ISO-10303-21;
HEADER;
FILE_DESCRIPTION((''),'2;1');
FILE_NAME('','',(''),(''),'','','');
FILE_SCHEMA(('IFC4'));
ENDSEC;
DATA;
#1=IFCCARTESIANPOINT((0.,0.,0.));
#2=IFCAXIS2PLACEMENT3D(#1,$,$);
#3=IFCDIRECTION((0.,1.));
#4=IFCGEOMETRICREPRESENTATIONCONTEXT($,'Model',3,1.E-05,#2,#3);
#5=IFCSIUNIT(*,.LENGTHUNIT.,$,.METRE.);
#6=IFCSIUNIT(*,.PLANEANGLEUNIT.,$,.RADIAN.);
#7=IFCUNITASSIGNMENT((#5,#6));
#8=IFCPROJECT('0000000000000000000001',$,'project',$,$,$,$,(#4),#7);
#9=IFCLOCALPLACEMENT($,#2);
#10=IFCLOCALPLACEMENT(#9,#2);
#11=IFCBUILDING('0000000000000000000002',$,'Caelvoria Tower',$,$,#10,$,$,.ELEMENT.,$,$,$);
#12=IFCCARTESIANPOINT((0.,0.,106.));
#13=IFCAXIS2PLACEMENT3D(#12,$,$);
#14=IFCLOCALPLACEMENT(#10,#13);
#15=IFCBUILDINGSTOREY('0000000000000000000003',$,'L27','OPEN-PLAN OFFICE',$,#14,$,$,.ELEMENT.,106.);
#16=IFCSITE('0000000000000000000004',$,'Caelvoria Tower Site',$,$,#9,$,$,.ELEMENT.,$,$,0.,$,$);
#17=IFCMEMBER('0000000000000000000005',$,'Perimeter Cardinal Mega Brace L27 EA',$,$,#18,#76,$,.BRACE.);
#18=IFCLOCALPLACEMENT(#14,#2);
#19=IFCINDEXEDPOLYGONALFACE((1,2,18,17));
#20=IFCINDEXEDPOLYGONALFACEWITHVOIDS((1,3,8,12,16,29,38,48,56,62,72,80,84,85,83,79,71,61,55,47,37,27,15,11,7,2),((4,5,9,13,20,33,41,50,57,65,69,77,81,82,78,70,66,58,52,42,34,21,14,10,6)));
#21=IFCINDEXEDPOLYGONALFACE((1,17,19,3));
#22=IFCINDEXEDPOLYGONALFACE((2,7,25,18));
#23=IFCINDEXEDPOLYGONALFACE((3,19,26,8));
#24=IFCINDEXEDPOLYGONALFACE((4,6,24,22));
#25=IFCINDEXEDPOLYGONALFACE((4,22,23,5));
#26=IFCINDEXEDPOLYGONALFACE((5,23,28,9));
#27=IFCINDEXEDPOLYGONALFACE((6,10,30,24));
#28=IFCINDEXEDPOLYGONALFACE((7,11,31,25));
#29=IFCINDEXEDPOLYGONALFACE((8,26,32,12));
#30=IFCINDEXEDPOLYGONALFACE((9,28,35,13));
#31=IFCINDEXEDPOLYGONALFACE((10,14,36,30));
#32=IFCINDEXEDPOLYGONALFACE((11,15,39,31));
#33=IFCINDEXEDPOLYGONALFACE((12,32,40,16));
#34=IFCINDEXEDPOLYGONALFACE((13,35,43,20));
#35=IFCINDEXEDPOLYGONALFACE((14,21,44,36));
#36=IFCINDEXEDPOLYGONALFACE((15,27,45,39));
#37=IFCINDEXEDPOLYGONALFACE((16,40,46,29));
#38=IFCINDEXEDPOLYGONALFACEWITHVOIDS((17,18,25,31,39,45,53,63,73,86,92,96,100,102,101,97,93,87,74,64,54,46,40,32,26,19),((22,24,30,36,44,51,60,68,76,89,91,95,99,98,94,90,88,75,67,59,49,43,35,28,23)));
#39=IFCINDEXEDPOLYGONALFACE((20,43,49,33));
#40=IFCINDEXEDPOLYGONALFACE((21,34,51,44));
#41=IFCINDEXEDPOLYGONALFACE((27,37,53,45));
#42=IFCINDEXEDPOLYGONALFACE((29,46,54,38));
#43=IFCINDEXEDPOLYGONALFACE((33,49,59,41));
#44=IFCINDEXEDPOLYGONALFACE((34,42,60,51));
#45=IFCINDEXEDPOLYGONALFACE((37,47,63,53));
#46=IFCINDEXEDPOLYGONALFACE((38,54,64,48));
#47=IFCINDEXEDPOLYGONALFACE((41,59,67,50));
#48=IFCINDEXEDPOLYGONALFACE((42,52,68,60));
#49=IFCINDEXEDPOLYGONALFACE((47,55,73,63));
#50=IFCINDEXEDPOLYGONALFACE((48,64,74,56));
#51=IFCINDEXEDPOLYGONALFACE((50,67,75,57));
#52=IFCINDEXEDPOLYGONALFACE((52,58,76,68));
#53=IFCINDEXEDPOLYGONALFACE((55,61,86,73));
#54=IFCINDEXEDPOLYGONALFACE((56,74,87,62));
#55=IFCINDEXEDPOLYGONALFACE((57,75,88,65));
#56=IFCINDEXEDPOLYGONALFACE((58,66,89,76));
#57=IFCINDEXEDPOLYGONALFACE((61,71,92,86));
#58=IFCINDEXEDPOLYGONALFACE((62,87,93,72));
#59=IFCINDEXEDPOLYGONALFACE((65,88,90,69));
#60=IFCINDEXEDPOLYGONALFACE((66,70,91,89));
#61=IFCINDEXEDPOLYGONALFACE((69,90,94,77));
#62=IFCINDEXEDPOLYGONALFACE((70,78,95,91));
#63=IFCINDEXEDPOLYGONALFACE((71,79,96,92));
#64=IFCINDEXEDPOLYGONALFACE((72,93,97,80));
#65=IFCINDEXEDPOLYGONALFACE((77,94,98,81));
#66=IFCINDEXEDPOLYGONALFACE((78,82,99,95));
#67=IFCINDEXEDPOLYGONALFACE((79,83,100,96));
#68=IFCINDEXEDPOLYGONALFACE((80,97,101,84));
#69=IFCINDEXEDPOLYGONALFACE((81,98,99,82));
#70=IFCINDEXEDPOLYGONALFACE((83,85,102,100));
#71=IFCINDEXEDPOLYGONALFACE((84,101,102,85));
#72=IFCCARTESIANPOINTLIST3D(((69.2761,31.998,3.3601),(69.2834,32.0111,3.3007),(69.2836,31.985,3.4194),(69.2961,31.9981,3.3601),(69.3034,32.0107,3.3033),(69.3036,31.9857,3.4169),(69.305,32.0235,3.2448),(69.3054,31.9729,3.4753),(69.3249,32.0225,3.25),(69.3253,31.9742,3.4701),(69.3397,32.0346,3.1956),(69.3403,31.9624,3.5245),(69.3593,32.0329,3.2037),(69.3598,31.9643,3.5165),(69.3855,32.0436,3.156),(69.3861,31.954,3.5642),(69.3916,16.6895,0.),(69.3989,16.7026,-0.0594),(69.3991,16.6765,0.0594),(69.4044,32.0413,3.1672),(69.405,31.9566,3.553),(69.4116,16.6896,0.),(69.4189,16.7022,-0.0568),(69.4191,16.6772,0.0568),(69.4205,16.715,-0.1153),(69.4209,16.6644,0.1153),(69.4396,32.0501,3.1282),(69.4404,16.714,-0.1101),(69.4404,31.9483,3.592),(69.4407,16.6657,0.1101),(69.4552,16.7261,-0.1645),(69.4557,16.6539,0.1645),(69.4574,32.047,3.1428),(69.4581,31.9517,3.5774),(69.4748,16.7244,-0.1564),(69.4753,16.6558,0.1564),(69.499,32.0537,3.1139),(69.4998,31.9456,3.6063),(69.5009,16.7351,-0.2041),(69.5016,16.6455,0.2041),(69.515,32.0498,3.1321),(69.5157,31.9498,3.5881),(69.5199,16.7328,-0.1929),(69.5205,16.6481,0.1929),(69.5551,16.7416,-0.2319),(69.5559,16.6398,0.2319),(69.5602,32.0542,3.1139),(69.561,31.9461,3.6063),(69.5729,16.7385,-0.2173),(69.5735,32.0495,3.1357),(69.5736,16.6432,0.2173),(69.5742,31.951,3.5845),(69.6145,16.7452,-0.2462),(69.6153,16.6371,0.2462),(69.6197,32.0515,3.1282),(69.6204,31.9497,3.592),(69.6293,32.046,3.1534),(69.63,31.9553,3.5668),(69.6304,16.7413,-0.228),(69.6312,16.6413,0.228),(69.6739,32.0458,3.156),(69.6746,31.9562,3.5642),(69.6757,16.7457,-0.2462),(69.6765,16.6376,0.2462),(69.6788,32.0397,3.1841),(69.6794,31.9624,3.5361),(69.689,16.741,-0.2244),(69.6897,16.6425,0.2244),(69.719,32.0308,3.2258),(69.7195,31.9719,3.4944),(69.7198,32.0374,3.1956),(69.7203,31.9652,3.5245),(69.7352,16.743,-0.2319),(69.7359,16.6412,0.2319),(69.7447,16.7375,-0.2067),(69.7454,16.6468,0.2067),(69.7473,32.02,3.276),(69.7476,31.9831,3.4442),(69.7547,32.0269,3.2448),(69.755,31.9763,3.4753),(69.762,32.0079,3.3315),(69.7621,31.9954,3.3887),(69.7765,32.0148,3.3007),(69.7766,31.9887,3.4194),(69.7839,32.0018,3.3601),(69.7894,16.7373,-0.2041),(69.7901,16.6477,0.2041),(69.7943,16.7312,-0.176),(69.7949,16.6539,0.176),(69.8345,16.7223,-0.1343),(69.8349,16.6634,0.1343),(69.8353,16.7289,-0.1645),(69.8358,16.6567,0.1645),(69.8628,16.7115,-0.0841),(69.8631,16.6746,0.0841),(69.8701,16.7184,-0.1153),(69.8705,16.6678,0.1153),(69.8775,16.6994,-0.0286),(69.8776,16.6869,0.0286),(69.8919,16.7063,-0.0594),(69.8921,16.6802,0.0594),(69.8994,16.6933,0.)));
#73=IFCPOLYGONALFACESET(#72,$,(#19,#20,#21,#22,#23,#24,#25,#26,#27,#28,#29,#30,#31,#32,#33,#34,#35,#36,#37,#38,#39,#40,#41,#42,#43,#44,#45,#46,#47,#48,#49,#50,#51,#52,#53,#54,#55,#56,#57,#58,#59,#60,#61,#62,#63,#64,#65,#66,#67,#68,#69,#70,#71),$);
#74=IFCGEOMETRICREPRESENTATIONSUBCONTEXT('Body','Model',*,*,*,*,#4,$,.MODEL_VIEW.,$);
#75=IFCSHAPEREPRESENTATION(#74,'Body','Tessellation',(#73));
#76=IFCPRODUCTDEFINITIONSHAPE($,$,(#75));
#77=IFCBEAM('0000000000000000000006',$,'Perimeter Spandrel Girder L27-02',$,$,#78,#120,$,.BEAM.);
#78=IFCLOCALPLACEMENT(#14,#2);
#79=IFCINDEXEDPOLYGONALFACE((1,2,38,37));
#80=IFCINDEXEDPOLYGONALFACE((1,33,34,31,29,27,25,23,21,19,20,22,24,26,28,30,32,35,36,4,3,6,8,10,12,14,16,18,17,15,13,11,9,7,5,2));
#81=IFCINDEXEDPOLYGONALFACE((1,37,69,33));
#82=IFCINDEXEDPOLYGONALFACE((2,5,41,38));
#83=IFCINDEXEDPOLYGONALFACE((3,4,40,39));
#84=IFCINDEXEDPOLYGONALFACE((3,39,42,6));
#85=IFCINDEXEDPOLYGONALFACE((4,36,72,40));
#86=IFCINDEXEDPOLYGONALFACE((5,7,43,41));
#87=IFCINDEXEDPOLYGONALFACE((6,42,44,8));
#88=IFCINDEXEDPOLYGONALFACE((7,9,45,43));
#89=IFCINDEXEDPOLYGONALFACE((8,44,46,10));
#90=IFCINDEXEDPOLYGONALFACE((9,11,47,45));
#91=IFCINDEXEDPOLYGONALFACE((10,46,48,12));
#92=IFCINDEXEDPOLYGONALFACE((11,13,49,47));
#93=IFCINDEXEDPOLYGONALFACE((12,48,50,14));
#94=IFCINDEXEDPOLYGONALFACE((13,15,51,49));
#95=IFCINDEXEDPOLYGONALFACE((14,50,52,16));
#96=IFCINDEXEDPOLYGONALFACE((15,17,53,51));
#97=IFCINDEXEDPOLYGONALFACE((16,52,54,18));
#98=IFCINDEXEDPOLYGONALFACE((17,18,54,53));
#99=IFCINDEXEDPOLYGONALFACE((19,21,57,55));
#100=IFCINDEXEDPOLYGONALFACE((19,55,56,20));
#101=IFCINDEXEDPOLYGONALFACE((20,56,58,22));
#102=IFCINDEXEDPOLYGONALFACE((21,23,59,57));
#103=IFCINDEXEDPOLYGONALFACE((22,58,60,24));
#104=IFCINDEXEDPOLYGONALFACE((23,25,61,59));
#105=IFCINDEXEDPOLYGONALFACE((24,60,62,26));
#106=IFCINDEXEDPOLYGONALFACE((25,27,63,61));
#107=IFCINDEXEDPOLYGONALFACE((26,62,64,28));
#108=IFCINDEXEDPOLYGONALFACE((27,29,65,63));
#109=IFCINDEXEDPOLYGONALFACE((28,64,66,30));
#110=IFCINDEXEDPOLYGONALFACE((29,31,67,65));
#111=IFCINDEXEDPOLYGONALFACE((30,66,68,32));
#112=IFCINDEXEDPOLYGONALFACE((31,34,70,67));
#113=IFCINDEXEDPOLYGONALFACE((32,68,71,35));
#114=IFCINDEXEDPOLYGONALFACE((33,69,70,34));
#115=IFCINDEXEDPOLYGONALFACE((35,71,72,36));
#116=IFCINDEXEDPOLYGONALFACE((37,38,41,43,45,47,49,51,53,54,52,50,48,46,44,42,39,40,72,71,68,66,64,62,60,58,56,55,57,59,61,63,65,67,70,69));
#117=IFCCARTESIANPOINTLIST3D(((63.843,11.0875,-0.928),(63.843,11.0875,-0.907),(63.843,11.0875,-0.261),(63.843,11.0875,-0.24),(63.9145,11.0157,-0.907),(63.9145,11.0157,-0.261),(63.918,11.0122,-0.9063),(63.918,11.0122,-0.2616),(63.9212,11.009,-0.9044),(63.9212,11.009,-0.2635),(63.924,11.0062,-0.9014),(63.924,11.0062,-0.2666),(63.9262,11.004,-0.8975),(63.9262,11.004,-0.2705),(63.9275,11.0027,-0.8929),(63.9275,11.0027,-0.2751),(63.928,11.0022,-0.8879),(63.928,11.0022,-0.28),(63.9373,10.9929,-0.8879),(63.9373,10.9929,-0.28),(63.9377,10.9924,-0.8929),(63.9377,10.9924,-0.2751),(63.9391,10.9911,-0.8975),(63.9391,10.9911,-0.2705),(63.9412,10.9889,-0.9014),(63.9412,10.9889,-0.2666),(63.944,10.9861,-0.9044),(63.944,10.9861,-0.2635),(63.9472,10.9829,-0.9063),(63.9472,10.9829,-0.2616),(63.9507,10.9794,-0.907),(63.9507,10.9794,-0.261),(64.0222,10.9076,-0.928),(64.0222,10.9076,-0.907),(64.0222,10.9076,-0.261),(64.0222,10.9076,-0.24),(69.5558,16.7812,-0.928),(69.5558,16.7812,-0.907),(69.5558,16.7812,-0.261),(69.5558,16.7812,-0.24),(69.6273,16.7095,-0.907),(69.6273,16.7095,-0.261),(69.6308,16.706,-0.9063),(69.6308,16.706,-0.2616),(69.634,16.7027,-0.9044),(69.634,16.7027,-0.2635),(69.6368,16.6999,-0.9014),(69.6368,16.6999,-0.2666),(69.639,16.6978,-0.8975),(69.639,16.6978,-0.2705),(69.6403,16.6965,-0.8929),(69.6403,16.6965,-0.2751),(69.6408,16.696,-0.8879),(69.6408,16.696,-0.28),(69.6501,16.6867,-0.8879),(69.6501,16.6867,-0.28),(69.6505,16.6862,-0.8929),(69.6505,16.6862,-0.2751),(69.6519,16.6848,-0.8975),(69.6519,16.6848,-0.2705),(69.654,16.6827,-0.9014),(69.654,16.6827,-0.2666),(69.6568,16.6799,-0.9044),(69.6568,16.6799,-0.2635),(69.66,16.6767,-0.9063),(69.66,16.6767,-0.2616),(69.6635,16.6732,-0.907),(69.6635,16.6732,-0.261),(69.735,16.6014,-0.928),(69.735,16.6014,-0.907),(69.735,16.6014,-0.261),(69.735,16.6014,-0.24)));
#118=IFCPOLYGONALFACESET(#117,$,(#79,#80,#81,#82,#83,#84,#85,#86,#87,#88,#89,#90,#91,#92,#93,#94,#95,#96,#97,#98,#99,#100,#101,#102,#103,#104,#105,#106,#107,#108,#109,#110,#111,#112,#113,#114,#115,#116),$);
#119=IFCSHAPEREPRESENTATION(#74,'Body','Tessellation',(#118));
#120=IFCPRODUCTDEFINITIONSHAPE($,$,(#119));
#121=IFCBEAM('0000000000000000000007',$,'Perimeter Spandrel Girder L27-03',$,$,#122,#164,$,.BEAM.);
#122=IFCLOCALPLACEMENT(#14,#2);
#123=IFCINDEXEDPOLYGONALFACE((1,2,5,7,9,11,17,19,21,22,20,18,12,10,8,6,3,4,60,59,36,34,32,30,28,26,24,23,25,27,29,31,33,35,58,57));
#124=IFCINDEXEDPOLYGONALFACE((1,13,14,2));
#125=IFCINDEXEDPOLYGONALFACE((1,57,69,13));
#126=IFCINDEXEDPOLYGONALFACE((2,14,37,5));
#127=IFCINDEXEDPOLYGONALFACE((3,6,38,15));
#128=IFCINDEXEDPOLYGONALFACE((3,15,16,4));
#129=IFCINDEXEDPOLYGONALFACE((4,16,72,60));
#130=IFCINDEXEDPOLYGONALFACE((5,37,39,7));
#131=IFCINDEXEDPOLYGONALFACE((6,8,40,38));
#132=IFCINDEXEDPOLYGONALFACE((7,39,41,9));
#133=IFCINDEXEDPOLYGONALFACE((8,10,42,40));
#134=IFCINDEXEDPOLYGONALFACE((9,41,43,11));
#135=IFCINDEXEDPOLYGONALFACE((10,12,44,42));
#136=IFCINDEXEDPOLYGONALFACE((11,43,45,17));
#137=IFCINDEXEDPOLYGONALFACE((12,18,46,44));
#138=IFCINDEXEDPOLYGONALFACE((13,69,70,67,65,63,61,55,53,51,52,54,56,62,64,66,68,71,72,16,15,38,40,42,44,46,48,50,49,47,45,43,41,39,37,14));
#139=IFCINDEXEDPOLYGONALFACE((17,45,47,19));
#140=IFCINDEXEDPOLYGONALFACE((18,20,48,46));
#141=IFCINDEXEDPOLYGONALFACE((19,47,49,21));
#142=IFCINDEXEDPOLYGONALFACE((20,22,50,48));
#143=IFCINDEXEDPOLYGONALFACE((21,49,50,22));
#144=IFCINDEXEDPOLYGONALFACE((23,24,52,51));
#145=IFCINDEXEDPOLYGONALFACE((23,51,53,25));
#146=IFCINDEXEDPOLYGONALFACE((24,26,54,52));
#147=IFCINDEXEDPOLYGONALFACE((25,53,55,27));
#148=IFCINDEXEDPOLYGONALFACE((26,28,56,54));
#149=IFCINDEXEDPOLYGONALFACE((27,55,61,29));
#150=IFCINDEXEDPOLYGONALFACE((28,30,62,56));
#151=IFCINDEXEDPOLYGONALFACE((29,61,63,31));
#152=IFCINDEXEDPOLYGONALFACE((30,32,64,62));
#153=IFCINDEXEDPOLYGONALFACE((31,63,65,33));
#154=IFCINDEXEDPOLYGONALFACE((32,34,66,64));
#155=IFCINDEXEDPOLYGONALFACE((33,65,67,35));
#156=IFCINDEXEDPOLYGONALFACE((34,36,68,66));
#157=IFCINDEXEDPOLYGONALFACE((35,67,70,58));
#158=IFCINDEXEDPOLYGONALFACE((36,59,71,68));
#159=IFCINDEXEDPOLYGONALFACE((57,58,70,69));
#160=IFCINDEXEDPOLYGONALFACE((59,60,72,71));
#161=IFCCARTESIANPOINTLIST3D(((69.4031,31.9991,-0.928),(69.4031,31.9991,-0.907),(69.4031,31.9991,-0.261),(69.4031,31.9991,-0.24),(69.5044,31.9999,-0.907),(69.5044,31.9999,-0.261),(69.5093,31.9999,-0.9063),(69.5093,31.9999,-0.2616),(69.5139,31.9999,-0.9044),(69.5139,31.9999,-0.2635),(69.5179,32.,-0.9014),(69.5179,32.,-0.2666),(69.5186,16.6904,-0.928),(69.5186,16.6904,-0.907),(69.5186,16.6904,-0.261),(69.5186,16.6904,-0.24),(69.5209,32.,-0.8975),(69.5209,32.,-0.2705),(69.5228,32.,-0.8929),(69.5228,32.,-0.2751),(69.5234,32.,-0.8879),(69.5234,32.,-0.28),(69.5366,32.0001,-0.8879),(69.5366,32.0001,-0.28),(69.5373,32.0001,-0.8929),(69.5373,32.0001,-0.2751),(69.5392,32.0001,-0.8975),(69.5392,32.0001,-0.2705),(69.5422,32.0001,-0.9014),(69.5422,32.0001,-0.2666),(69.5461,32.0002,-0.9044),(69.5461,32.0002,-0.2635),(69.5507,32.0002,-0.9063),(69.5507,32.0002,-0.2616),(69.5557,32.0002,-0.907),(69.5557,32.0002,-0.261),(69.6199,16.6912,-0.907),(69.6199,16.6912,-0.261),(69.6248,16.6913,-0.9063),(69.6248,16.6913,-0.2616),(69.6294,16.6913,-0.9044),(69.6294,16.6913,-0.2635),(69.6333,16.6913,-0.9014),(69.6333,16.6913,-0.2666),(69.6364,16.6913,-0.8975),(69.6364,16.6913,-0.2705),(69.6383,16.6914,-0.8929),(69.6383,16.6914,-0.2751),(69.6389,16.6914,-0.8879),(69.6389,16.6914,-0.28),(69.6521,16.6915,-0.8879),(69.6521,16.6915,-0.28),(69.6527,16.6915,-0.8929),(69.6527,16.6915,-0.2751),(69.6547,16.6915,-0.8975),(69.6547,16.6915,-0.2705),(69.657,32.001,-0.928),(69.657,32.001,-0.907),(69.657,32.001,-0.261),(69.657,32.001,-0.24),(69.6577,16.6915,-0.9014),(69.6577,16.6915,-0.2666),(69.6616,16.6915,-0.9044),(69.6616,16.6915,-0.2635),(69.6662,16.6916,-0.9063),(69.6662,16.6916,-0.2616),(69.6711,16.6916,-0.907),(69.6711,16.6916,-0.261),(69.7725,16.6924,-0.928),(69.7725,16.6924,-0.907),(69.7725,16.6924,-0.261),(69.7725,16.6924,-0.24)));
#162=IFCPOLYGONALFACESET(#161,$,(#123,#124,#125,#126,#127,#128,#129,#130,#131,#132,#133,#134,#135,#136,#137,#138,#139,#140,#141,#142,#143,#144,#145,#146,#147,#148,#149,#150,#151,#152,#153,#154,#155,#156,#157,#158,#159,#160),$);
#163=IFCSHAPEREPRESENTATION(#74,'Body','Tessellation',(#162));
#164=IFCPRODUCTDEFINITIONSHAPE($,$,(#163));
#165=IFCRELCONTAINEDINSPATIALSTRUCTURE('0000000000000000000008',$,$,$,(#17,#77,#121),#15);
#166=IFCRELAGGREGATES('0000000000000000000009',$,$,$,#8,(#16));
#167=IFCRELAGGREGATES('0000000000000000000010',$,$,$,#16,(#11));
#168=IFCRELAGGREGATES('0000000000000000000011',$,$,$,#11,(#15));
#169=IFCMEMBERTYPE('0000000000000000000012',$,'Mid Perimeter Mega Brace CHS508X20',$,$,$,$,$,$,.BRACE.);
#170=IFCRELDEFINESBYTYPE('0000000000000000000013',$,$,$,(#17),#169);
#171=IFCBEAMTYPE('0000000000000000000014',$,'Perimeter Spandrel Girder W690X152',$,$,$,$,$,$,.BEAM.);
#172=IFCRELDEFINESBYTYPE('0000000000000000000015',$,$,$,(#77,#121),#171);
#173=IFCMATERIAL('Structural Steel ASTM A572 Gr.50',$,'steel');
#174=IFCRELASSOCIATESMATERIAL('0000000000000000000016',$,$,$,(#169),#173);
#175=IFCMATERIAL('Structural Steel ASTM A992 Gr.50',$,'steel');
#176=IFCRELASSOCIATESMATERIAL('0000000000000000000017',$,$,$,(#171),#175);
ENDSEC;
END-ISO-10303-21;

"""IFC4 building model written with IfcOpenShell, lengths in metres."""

from ifc_helpers import new_model, si_unit, direction, frame, origin, origin_2d, place, context, subcontext, project, spatial, hollow_circle, i_section, extrude, material, material_profile, profile_set, type_object, element, save


model = new_model("IFC4")

# Units and contexts
model_context = context("Model", 3, precision=1e-05, world=origin(), true_north=direction((0.0, 1.0)))
body_context = subcontext(model_context, "Body", "Model", "MODEL_VIEW")
ifc_project = project(units=[si_unit("LENGTHUNIT", "METRE"), si_unit("PLANEANGLEUNIT", "RADIAN")], contexts=[model_context])

# Site, building, storey
site_placement = place(None, origin())
site = spatial("IfcSite", under=ifc_project, at=site_placement, Name="Caelvoria Tower Site", CompositionType="ELEMENT", RefElevation=0.0)
building_placement = place(site_placement, origin())
building = spatial("IfcBuilding", under=site, at=building_placement, Name="Caelvoria Tower", CompositionType="ELEMENT")
storey_placement = place(building_placement, frame((0.0, 0.0, 106.0)))
storey = spatial("IfcBuildingStorey", under=building, at=storey_placement, Name="L27", Description="OPEN-PLAN OFFICE", CompositionType="ELEMENT", Elevation=106.0)

# Shared definitions
ifc_material_1 = material(Name="Structural Steel ASTM A572 Gr.50", Category="steel")

# Member
ifc_material_profile_1 = material_profile(ifc_material_1, hollow_circle(Radius=0.2539, WallThickness=0.02, at=origin_2d()), Name="Structural Steel ASTM A572 Gr.50")
ifc_profile_set_1 = profile_set([ifc_material_profile_1], Name="CHS508X20 - Structural Steel ASTM A572 Gr.50")
member_type = type_object("IfcMemberType", Name="Mid Perimeter Mega Brace CHS508X20", PredefinedType="BRACE", material=ifc_profile_set_1)
member_1_placement = place(storey_placement, frame((69.6455, 16.6914, 0.0), z_axis=(-0.007368, 0.976722, 0.214382), x_axis=(-0.999972, -0.007543, 0.0)))
element("IfcMember", 1, at=member_1_placement, inside=storey, type_object=member_type, Name="Perimeter Cardinal Mega Brace L27 EA", PredefinedType="BRACE", context=body_context, shape_type="SweptSolid", body=[
    extrude(hollow_circle(Radius=0.2539, WallThickness=0.02, at=origin_2d()), origin(), (0.0, 0.0, 1.0), 15.6733),
])

# Beams
ifc_material_2 = material(Name="Structural Steel ASTM A992 Gr.50", Category="steel")
ifc_material_profile_2 = material_profile(ifc_material_2, i_section(OverallWidth=0.2539, OverallDepth=0.688, WebThickness=0.0132, FlangeThickness=0.021, FilletRadius=0.019, at=origin_2d()), Name="Structural Steel ASTM A992 Gr.50")
ifc_profile_set_2 = profile_set([ifc_material_profile_2], Name="W690X152 - Structural Steel ASTM A992 Gr.50")
beam_type_1 = type_object("IfcBeamType", Name="Perimeter Spandrel Girder W690X152", PredefinedType="BEAM", material=ifc_profile_set_2)
beam_1_placement = place(storey_placement, frame((63.9326, 10.9976, -0.584), z_axis=(0.708286, 0.705925, 0.0), x_axis=(-0.705925, 0.708286, 0.0)))
element("IfcBeam", 2, at=beam_1_placement, inside=storey, type_object=beam_type_1, Name="Perimeter Spandrel Girder L27-02", PredefinedType="BEAM", context=body_context, shape_type="SweptSolid", body=[
    extrude(i_section(OverallWidth=0.2539, OverallDepth=0.688, WebThickness=0.0132, FlangeThickness=0.021, FilletRadius=0.019, at=origin_2d()), origin(), (0.0, 0.0, 1.0), 8.0657),
])
for number, where, z_axis, x_axis, name in (
    (3, (69.6455, 16.6914, -0.584), (-0.007543, 0.999972, 0.0), (-0.999972, -0.007543, 0.0), "Perimeter Spandrel Girder L27-03"),
):
    element("IfcBeam", number, at=place(storey_placement, frame(where, z_axis=z_axis, x_axis=x_axis)), inside=storey, type_object=beam_type_1, Name=name, PredefinedType="BEAM", context=body_context, shape_type="SweptSolid", body=[
        extrude(i_section(OverallWidth=0.2539, OverallDepth=0.688, WebThickness=0.0132, FlangeThickness=0.021, FilletRadius=0.019, at=origin_2d()), origin(), (0.0, 0.0, 1.0), 15.3091),
    ])

save(model, "model.ifc")
